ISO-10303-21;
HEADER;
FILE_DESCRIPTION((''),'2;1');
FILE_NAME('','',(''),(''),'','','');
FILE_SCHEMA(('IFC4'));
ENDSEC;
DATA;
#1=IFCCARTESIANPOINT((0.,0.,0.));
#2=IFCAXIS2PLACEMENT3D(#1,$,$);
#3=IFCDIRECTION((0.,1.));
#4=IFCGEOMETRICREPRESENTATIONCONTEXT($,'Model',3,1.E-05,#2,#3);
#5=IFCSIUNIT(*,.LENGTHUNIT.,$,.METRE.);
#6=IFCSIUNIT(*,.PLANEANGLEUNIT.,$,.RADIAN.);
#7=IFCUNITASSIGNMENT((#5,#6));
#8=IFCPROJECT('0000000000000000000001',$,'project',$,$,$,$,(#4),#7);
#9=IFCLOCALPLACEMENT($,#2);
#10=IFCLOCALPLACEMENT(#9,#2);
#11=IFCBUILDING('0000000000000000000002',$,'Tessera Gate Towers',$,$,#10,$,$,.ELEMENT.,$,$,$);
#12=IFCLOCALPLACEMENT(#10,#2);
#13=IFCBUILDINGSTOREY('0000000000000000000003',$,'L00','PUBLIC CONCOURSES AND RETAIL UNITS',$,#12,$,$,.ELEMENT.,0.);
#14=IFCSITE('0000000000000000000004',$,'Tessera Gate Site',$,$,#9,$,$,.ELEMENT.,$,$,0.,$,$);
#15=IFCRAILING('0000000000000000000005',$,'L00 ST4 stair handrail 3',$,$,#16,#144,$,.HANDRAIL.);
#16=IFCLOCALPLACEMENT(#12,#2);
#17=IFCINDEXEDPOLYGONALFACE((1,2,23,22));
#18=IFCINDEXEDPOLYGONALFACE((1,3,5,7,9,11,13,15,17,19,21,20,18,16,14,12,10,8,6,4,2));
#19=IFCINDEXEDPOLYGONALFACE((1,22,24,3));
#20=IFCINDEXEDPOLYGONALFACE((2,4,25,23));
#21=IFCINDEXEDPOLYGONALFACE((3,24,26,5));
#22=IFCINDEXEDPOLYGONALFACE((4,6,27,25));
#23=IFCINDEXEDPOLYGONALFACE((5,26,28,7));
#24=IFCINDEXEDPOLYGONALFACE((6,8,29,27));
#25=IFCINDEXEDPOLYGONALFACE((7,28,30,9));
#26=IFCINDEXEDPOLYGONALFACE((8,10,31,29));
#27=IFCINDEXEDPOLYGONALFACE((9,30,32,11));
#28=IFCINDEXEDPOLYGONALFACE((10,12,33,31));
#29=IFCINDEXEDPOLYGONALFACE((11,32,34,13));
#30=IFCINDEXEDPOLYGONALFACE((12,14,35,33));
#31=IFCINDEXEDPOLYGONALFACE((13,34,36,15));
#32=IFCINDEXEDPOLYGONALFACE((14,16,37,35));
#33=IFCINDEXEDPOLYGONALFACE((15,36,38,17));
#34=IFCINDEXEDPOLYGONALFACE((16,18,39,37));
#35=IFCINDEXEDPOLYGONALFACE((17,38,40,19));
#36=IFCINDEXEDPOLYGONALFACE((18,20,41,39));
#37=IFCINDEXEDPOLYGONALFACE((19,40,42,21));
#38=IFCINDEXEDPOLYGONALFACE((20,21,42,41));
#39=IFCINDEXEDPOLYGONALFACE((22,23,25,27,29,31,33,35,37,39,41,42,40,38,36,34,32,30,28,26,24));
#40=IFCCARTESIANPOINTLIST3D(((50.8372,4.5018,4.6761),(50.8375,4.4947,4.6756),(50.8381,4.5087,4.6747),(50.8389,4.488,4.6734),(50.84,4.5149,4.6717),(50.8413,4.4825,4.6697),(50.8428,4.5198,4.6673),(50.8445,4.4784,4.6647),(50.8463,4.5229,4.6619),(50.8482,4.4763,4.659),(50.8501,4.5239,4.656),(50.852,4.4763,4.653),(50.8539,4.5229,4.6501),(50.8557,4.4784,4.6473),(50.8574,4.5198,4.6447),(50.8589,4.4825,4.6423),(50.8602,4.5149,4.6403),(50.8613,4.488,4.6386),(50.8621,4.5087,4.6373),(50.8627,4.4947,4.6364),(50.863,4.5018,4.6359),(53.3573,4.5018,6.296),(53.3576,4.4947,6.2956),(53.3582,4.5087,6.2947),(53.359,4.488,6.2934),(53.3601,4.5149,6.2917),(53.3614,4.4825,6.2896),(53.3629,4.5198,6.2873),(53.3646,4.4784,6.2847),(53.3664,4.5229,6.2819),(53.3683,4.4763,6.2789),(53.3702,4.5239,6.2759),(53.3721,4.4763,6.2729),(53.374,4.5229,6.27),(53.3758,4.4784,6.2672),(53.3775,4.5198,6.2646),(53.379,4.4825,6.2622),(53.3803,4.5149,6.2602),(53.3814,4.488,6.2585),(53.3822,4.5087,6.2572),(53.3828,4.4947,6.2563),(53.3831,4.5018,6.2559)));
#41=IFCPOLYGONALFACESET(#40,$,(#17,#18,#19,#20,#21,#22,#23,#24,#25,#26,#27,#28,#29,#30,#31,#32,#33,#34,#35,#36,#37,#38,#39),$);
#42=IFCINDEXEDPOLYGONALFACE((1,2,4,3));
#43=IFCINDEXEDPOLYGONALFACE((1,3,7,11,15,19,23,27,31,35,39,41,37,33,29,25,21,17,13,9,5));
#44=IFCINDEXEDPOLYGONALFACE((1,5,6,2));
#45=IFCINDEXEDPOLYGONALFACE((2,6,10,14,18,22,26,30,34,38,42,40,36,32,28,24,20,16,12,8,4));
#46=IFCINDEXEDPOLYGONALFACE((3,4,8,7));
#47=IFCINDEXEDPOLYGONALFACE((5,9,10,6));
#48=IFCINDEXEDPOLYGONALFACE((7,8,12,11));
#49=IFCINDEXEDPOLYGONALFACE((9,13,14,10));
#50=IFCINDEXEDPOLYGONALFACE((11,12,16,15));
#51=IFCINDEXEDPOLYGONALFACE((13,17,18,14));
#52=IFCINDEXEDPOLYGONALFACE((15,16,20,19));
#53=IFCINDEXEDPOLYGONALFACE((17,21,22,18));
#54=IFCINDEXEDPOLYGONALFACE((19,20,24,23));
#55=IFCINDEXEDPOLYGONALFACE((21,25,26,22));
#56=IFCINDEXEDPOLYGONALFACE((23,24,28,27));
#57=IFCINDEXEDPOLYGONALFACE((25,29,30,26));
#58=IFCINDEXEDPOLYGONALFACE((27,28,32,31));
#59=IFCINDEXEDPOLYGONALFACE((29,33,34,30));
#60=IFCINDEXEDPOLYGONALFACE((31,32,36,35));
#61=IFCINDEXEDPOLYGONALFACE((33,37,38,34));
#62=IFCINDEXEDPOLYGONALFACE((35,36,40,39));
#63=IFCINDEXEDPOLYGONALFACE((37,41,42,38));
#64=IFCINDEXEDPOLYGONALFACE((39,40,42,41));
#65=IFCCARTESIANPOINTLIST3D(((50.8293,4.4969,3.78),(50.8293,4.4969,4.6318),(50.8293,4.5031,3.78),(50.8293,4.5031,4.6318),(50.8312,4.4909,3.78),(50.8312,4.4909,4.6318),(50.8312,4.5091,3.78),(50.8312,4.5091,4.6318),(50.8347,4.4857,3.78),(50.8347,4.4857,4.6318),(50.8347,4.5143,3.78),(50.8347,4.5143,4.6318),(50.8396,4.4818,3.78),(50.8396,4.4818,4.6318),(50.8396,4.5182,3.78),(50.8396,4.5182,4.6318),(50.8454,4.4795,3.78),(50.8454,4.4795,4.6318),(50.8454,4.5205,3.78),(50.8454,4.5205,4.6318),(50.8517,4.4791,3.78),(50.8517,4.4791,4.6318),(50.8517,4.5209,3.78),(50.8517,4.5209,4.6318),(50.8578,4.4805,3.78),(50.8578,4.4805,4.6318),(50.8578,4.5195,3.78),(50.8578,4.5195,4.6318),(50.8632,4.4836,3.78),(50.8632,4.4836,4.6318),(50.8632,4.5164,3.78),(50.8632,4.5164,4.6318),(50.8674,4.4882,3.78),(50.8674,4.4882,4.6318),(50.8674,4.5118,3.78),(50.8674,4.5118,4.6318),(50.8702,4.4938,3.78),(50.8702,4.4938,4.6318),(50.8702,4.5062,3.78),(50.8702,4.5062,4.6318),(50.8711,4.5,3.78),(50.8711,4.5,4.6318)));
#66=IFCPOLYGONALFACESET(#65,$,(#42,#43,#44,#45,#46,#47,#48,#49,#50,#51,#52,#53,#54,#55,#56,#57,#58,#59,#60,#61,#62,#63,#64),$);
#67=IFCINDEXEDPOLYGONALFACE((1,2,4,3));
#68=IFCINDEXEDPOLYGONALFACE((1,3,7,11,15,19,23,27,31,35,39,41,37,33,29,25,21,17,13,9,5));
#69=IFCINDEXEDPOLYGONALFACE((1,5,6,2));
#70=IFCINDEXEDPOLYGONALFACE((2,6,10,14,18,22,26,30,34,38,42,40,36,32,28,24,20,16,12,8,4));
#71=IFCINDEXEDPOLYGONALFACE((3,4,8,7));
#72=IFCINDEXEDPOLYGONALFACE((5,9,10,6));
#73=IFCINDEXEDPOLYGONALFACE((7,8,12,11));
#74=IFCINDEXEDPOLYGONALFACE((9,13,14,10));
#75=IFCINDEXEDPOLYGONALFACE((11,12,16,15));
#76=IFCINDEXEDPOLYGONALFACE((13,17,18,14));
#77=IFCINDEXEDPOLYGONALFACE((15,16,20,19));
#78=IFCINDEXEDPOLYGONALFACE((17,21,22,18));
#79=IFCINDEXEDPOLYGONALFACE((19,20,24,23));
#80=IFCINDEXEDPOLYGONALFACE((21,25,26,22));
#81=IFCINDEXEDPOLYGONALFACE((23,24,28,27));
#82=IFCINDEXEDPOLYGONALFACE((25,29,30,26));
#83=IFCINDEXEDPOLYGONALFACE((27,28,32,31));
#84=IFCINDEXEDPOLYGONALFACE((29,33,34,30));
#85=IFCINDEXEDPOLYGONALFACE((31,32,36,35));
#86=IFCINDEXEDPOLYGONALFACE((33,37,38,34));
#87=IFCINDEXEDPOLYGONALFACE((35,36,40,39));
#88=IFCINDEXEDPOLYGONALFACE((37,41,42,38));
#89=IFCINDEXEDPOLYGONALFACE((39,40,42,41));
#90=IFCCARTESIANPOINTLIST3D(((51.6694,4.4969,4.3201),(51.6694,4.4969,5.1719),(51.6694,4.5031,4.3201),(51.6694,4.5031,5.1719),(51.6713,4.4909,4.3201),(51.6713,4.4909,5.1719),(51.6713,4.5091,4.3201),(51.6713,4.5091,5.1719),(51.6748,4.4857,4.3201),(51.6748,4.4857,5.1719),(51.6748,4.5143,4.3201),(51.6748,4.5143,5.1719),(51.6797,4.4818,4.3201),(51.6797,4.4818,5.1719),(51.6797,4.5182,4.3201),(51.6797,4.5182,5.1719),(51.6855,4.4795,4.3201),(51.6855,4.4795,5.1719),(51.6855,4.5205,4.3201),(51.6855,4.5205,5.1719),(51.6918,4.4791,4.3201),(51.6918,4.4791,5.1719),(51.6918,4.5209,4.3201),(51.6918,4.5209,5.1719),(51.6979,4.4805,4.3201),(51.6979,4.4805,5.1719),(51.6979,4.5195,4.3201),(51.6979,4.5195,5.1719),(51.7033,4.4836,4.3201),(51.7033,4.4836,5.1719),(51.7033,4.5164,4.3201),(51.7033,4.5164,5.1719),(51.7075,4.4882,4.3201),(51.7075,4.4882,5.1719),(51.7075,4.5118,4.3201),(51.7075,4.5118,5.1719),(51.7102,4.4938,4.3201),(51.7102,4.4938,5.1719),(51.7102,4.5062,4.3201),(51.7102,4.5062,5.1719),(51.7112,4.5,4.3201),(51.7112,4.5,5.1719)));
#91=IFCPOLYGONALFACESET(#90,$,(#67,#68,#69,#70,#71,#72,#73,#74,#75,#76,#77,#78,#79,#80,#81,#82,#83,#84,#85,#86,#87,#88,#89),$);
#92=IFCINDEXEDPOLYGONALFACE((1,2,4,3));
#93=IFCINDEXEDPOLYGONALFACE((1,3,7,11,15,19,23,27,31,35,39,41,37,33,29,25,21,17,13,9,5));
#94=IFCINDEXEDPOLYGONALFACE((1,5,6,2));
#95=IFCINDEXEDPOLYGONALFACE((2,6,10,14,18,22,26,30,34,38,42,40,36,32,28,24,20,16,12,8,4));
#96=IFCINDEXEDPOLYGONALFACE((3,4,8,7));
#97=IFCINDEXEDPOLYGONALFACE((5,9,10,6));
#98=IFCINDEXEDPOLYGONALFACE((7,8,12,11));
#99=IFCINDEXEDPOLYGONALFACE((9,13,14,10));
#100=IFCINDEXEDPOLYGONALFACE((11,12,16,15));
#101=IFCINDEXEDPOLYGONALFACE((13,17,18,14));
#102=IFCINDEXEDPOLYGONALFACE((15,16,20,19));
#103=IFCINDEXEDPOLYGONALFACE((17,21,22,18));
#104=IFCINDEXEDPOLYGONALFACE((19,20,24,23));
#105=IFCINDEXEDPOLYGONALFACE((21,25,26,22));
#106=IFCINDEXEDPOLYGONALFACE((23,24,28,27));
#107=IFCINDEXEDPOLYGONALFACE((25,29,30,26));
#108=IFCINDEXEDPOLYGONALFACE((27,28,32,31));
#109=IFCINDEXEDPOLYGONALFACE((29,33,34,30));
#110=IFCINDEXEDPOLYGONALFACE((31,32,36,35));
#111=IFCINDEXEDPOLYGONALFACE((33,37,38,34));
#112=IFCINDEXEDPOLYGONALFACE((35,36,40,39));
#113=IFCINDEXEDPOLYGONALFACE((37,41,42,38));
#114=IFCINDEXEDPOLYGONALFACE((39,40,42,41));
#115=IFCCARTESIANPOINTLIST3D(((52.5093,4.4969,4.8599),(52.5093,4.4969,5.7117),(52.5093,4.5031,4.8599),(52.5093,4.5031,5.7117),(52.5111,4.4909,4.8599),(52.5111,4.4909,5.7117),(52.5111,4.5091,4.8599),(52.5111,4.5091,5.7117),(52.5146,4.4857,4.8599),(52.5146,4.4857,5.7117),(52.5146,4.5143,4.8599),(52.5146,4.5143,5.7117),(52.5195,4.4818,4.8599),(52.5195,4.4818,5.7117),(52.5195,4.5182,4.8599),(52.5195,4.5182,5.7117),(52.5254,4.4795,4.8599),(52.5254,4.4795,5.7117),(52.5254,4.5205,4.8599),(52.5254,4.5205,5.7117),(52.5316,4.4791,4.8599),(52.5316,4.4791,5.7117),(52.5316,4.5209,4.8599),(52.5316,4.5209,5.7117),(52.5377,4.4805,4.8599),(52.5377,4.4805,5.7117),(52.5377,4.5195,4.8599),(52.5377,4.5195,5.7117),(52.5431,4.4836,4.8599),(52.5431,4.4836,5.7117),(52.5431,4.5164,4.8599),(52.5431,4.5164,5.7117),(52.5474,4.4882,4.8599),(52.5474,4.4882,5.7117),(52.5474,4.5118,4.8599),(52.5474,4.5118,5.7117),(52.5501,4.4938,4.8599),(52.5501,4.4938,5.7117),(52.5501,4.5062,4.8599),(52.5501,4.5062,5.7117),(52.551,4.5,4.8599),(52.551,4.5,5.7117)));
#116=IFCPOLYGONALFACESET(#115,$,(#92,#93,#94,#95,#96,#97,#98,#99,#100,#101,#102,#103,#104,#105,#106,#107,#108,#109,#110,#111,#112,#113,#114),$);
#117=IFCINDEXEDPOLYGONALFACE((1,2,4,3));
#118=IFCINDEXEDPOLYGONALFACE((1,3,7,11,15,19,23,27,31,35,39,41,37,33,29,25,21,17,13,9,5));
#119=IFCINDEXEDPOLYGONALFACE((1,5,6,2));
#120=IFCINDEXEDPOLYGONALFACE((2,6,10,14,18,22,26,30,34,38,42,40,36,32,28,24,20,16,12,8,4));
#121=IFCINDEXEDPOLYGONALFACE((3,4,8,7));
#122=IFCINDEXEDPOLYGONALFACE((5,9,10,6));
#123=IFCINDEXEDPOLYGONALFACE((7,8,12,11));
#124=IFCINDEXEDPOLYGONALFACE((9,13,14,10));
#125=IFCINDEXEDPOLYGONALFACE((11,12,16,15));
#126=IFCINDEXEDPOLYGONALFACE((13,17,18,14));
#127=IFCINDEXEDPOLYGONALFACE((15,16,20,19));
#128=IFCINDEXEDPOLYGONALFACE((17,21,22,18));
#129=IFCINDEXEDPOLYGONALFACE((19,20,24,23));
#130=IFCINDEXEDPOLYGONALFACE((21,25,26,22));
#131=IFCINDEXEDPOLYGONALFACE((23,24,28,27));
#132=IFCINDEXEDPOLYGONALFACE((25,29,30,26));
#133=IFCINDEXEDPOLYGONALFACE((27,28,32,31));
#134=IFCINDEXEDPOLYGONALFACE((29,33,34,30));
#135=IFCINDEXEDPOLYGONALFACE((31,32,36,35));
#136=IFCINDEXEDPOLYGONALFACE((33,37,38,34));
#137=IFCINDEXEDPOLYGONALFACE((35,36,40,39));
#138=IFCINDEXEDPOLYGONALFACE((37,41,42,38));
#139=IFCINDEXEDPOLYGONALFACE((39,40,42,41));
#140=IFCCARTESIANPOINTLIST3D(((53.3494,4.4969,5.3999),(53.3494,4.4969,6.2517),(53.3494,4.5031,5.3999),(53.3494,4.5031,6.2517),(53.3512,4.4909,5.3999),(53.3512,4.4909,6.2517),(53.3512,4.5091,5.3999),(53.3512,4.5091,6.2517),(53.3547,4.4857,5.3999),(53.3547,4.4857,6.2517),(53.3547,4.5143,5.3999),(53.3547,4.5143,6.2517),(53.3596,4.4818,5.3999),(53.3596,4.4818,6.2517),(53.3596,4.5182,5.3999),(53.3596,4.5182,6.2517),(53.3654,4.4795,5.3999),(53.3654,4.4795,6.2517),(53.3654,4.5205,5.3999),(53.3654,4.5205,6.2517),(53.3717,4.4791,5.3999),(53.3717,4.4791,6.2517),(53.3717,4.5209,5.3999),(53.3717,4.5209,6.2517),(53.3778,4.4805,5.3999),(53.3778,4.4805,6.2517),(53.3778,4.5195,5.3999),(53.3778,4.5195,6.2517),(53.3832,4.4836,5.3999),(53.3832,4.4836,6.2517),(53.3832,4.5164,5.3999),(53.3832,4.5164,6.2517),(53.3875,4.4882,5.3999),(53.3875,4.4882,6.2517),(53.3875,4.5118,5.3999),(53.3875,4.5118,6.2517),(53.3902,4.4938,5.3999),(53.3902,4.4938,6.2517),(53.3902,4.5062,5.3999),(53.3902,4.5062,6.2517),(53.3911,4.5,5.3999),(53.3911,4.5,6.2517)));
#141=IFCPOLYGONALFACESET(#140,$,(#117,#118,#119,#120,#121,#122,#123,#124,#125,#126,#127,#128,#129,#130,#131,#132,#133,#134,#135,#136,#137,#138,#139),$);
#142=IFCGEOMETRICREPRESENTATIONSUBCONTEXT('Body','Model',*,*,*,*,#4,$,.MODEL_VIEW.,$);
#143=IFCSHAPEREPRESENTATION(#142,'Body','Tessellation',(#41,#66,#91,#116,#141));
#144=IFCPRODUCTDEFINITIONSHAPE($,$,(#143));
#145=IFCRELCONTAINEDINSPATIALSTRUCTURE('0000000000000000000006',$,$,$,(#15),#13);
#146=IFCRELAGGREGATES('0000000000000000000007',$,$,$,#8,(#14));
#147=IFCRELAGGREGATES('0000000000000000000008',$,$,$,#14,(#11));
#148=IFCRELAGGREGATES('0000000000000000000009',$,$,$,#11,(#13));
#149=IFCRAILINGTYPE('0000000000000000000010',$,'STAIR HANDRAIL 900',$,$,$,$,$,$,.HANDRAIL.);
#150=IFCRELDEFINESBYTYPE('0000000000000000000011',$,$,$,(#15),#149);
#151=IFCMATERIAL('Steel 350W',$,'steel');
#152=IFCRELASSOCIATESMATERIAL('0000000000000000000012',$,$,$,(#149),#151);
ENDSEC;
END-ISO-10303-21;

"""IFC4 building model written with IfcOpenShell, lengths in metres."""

from ifc_helpers import new_model, si_unit, direction, frame, origin, origin_2d, place, context, subcontext, project, spatial, circle, extrude, material, type_object, element, save


model = new_model("IFC4")

# Units and contexts
model_context = context("Model", 3, precision=1e-05, world=origin(), true_north=direction((0.0, 1.0)))
body_context = subcontext(model_context, "Body", "Model", "MODEL_VIEW")
ifc_project = project(units=[si_unit("LENGTHUNIT", "METRE"), si_unit("PLANEANGLEUNIT", "RADIAN")], contexts=[model_context])

# Site, building, storey
site_placement = place(None, origin())
site = spatial("IfcSite", under=ifc_project, at=site_placement, Name="Tessera Gate Site", CompositionType="ELEMENT", RefElevation=0.0)
building_placement = place(site_placement, origin())
building = spatial("IfcBuilding", under=site, at=building_placement, Name="Tessera Gate Towers", CompositionType="ELEMENT")
storey_placement = place(building_placement, origin())
storey = spatial("IfcBuildingStorey", under=building, at=storey_placement, Name="L00", Description="PUBLIC CONCOURSES AND RETAIL UNITS", CompositionType="ELEMENT", Elevation=0.0)

# Railing
ifc_material_1 = material(Name="Steel 350W", Category="steel")
railing_type_1 = type_object("IfcRailingType", Name="STAIR HANDRAIL 900", PredefinedType="HANDRAIL", material=ifc_material_1)
railing_1_placement = place(storey_placement, frame((50.8501, 4.5, 3.78)))
element("IfcRailing", 1, at=railing_1_placement, inside=storey, type_object=railing_type_1, Name="L00 ST4 stair handrail 3", PredefinedType="HANDRAIL", context=body_context, shape_type="SweptSolid", body=[
    extrude(circle(Radius=0.0239, at=origin_2d()), frame((0.0, 0.0, 0.876), z_axis=(0.8412, 0.0, 0.540725), x_axis=(0.0, 1.0, 0.0)), (0.0, 0.0, 1.0), 2.9958),
    extrude(circle(Radius=0.021, at=origin_2d()), origin(), (0.0, 0.0, 1.0), 0.8518),
    extrude(circle(Radius=0.021, at=origin_2d()), frame((0.8401, 0.0, 0.54)), (0.0, 0.0, 1.0), 0.8518),
    extrude(circle(Radius=0.021, at=origin_2d()), frame((1.6799, 0.0, 1.0798)), (0.0, 0.0, 1.0), 0.8518),
    extrude(circle(Radius=0.021, at=origin_2d()), frame((2.52, 0.0, 1.6199)), (0.0, 0.0, 1.0), 0.8518),
])

save(model, "model.ifc")
